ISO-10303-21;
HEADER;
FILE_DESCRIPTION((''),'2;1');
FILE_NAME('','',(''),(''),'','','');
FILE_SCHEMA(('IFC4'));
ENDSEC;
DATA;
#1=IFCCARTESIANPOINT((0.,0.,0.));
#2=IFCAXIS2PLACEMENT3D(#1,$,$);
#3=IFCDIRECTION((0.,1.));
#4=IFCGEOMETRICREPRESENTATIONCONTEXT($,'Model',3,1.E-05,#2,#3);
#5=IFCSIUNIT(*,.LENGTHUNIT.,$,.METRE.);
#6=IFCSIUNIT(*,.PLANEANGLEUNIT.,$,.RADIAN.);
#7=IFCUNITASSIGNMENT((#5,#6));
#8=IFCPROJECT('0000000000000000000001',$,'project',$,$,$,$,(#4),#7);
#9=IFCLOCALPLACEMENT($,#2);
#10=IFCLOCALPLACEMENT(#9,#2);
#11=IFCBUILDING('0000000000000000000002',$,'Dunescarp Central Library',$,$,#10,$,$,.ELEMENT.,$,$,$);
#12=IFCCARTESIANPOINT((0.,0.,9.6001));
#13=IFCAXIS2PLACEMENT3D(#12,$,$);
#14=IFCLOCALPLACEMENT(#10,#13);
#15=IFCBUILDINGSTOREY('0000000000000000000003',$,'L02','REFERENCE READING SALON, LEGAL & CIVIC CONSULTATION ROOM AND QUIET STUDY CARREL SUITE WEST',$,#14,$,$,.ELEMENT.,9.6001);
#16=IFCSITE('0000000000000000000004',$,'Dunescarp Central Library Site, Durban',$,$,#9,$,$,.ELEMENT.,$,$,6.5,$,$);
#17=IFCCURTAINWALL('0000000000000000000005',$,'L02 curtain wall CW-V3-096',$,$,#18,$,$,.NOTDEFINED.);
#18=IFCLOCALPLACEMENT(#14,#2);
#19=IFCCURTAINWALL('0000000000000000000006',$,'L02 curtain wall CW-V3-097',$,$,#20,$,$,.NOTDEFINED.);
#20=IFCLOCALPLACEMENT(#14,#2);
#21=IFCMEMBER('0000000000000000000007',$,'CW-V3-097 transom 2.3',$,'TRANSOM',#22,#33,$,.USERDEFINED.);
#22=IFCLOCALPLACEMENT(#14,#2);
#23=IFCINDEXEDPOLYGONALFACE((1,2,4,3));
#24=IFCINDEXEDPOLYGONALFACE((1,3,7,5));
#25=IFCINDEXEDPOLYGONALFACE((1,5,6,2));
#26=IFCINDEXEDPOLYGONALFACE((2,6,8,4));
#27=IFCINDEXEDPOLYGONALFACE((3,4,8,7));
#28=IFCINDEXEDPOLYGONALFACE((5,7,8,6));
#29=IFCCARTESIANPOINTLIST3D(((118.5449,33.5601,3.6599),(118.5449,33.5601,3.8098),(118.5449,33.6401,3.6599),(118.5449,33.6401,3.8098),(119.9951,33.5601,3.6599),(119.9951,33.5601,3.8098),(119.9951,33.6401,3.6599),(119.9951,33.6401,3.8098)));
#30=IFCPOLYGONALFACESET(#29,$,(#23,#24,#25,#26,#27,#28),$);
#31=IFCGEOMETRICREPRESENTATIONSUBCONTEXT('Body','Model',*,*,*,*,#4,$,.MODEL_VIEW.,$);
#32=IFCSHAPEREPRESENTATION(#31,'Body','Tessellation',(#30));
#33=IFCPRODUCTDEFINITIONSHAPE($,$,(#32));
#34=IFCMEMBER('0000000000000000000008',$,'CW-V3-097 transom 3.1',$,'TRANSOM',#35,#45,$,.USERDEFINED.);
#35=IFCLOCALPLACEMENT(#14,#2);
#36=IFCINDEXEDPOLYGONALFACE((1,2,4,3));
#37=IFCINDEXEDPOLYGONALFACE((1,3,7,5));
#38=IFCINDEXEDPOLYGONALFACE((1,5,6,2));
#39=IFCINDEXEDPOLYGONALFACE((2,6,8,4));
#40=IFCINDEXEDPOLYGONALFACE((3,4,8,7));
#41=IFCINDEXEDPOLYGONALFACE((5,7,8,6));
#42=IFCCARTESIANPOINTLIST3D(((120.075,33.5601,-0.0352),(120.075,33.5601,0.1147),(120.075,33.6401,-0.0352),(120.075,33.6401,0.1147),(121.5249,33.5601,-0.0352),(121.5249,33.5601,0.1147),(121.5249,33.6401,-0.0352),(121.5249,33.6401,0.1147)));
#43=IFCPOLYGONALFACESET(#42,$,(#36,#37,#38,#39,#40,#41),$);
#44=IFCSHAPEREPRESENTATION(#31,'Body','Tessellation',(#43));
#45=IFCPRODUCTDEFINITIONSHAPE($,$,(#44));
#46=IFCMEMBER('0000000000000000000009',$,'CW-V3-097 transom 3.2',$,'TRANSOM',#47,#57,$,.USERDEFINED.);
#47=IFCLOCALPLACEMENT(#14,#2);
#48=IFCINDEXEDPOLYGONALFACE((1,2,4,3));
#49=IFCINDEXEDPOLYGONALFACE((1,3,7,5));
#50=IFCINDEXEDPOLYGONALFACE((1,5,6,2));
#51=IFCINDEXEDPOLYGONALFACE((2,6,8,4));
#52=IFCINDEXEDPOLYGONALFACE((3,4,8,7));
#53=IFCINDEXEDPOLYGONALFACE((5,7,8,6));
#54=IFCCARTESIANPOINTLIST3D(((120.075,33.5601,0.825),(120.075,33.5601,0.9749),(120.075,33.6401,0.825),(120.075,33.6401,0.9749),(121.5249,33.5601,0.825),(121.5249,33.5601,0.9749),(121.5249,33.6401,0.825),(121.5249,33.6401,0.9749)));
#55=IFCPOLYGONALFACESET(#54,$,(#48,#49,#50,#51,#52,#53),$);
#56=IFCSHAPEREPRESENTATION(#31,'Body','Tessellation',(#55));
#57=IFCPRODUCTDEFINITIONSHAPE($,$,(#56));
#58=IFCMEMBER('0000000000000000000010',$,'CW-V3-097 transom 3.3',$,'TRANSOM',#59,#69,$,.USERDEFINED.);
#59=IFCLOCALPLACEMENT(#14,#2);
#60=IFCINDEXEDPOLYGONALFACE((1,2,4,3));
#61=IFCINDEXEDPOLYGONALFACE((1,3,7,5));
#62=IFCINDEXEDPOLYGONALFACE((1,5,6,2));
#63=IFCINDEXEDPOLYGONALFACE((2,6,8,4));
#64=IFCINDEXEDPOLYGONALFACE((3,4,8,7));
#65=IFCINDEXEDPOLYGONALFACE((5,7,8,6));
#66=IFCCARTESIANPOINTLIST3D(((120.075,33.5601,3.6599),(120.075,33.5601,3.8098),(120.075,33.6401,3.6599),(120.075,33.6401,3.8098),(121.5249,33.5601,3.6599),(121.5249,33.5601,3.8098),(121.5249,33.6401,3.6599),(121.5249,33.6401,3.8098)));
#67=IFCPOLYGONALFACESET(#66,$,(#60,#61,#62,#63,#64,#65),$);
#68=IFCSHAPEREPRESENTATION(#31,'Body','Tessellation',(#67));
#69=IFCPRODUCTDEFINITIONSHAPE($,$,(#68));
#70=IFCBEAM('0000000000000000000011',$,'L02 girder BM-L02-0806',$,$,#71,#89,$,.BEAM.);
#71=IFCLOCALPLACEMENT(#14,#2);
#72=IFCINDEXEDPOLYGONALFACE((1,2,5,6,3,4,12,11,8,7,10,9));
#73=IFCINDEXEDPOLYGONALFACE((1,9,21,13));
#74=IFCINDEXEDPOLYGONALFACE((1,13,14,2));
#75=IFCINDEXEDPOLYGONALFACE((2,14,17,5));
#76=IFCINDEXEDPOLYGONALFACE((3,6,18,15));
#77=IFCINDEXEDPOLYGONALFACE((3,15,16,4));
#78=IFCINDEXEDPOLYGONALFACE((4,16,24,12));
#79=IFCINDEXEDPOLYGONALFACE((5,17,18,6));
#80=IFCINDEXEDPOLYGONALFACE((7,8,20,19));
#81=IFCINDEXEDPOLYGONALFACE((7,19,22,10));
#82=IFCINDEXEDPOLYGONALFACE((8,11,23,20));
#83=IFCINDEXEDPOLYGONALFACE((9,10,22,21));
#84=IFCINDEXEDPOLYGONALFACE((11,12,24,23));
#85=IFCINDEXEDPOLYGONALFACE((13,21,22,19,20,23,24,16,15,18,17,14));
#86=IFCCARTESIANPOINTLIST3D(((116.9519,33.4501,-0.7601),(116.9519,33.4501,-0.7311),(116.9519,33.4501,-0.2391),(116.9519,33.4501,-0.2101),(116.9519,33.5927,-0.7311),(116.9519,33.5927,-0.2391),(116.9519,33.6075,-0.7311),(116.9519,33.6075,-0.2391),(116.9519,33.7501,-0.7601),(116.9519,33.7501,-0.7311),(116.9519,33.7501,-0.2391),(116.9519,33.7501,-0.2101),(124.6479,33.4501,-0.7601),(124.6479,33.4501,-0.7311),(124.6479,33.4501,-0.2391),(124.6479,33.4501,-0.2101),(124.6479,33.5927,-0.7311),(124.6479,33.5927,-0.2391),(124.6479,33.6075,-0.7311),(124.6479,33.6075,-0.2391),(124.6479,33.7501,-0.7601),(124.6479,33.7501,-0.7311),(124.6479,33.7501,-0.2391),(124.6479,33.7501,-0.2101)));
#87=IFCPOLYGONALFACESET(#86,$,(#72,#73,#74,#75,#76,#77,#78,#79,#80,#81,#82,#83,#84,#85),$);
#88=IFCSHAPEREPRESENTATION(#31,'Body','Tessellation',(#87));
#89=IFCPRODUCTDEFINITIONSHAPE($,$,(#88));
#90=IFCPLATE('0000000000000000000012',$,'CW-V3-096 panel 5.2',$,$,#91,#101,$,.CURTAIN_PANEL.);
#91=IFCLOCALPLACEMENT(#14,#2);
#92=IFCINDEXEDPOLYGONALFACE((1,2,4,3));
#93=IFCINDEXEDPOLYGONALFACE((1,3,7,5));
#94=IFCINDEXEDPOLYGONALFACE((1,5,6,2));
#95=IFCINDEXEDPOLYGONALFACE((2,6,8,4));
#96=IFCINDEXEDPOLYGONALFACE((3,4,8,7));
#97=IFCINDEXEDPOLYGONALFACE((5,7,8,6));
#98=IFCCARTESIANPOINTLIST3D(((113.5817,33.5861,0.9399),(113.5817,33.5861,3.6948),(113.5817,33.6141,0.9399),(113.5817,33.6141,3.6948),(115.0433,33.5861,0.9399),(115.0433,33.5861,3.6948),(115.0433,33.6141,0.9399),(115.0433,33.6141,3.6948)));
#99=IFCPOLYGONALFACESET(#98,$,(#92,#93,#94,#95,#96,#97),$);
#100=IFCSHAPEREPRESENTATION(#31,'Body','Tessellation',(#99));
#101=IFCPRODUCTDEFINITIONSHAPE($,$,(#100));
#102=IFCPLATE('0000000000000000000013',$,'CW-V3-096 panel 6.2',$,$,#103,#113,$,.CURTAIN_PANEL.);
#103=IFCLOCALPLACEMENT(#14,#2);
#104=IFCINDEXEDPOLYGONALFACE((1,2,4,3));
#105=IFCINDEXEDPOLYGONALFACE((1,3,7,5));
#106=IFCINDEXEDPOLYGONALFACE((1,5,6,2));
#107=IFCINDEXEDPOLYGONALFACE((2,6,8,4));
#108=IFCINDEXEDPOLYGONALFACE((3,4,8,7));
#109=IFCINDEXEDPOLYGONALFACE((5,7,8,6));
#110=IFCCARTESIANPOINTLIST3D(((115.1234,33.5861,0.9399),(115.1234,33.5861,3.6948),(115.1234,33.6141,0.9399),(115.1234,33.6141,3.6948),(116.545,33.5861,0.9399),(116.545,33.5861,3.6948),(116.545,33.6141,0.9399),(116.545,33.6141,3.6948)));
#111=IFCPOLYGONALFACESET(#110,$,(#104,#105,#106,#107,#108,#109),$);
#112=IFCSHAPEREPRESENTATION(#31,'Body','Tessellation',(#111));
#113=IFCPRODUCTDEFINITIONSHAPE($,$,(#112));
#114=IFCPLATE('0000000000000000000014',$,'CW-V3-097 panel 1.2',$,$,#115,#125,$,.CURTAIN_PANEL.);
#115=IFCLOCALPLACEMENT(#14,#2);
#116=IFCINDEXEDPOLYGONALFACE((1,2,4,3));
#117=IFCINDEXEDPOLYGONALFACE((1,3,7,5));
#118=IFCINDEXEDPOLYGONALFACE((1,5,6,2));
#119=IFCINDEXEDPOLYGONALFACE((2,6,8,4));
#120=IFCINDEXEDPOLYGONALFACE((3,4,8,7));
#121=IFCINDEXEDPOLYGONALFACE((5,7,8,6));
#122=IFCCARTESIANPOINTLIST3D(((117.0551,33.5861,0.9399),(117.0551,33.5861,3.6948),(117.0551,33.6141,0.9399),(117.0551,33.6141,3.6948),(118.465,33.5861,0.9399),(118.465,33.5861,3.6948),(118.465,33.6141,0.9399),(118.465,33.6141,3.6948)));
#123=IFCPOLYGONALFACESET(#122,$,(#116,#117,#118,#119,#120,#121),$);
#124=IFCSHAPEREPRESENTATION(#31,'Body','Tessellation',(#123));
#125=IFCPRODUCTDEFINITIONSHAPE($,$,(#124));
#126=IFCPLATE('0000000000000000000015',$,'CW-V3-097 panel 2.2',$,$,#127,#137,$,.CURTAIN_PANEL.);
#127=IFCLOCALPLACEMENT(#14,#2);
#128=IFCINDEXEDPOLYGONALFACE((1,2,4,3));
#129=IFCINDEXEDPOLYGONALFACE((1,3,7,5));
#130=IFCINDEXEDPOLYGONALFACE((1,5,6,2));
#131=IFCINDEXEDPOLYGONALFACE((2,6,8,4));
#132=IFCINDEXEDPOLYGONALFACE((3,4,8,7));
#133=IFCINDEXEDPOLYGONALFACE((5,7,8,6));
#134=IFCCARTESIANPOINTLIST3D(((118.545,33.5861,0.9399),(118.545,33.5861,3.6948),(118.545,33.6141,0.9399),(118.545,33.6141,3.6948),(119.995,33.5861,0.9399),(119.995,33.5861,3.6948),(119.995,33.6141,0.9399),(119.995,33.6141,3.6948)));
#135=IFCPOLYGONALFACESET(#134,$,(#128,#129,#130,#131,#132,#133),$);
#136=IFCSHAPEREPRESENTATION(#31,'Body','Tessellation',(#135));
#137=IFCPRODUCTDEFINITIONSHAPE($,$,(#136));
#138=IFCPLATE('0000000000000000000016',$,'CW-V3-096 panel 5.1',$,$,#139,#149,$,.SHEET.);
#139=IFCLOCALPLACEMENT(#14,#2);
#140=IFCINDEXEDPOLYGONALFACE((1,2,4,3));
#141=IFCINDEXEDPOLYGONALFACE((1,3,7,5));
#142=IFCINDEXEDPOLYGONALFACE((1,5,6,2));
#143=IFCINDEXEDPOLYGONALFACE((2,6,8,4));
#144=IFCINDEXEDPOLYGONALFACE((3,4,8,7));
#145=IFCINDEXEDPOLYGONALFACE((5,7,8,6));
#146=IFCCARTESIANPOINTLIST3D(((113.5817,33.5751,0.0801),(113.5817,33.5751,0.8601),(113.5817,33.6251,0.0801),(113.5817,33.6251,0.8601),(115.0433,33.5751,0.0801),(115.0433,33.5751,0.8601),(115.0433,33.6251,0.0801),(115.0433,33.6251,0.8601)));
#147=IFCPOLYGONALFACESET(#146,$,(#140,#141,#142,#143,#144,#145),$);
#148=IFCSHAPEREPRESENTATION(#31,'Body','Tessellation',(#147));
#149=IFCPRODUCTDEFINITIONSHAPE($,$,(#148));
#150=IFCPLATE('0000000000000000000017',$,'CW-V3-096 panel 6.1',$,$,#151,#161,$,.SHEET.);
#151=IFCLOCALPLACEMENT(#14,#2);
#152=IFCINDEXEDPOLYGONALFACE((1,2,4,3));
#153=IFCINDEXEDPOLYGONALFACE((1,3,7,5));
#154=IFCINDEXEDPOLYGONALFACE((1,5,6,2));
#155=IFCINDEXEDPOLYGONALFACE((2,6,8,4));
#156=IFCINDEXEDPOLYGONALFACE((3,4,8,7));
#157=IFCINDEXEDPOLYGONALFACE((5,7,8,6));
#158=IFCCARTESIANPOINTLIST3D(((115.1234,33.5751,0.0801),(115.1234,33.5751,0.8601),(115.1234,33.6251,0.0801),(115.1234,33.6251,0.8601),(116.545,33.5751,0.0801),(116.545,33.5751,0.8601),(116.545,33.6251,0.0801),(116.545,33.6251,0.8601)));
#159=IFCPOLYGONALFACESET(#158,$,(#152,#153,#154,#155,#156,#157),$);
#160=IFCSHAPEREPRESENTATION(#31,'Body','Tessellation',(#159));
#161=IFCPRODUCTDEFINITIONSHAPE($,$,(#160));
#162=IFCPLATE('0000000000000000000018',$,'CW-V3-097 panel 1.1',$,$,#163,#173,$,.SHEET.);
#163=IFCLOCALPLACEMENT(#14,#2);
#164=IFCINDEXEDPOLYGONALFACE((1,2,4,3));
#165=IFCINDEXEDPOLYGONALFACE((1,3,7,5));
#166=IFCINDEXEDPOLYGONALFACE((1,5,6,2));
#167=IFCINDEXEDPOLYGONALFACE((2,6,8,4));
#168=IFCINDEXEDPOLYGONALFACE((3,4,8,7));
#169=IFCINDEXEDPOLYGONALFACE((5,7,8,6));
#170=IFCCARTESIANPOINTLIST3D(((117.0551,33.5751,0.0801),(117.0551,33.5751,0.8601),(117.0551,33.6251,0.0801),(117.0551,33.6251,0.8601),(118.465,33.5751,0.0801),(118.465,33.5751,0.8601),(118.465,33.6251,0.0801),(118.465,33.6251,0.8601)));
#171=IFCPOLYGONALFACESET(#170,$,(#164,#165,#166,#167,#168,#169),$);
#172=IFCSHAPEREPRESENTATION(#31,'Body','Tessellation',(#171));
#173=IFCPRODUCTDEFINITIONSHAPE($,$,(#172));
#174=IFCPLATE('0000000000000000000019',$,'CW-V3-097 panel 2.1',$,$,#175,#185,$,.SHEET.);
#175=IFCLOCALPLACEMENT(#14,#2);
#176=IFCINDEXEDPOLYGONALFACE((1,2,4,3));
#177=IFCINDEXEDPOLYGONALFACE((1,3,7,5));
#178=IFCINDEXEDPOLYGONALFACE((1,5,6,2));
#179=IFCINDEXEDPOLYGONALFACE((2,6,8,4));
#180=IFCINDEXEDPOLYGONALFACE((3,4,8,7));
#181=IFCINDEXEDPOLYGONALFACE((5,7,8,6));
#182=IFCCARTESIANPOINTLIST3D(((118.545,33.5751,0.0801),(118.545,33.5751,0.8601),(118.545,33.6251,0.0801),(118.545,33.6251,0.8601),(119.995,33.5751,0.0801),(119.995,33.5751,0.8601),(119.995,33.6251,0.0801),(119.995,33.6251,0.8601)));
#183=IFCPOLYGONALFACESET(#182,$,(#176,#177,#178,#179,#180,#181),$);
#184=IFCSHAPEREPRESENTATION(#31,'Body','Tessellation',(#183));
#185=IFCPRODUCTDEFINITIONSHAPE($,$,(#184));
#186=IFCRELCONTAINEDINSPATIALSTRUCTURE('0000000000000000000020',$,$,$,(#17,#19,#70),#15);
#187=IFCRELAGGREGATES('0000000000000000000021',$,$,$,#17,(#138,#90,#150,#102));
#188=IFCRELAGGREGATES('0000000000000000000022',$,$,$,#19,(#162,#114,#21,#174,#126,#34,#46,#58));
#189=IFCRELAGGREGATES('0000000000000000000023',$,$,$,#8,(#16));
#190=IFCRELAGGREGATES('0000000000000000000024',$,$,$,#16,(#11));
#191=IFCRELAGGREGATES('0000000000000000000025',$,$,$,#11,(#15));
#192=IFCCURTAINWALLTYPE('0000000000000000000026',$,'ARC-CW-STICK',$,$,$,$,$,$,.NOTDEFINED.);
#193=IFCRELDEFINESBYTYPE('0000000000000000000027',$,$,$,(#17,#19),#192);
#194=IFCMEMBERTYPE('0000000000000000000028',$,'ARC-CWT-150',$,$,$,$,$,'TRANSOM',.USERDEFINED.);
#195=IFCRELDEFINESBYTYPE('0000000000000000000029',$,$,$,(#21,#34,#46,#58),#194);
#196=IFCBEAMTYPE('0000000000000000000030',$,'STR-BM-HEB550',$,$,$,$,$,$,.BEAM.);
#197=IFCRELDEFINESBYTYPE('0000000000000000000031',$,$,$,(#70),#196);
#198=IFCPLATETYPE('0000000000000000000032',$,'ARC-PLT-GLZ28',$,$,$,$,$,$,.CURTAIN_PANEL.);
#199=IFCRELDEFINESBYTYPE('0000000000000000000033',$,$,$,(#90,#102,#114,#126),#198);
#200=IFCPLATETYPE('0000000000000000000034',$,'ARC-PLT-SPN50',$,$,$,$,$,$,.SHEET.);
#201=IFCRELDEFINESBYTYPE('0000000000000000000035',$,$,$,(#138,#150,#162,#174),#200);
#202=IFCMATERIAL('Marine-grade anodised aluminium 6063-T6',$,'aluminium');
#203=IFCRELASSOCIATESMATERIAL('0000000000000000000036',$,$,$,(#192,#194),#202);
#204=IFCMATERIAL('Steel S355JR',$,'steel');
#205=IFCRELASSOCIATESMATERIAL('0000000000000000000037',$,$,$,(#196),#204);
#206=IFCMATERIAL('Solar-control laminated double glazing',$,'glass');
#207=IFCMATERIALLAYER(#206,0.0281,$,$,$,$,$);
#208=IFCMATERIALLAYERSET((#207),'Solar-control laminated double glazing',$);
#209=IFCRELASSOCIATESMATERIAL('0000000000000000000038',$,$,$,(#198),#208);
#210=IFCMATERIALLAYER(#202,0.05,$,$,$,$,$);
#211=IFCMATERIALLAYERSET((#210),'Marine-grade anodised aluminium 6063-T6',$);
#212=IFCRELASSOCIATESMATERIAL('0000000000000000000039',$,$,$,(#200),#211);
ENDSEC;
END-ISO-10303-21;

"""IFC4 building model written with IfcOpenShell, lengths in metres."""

from ifc_helpers import new_model, si_unit, direction, frame, origin, origin_2d, place, context, subcontext, project, spatial, rectangle, i_section, extrude, material, layer, layer_set, material_profile, profile_set, type_object, element, aggregate, save


model = new_model("IFC4")

# Units and contexts
model_context = context("Model", 3, precision=1e-05, world=origin(), true_north=direction((0.0, 1.0)))
body_context = subcontext(model_context, "Body", "Model", "MODEL_VIEW")
ifc_project = project(units=[si_unit("LENGTHUNIT", "METRE"), si_unit("PLANEANGLEUNIT", "RADIAN")], contexts=[model_context])

# Site, building, storey
site_placement = place(None, origin())
site = spatial("IfcSite", under=ifc_project, at=site_placement, Name="Dunescarp Central Library Site, Durban", CompositionType="ELEMENT", RefElevation=6.5)
building_placement = place(site_placement, origin())
building = spatial("IfcBuilding", under=site, at=building_placement, Name="Dunescarp Central Library", CompositionType="ELEMENT")
storey_placement = place(building_placement, frame((0.0, 0.0, 9.6001)))
storey = spatial("IfcBuildingStorey", under=building, at=storey_placement, Name="L02", Description="REFERENCE READING SALON, LEGAL & CIVIC CONSULTATION ROOM AND QUIET STUDY CARREL SUITE WEST", CompositionType="ELEMENT", Elevation=9.6001)

# Shared definitions
ifc_material_1 = material(Name="Steel S355JR", Category="steel")

# Curtain walls
ifc_material_2 = material(Name="Marine-grade anodised aluminium 6063-T6", Category="aluminium")
curtain_wall_type = type_object("IfcCurtainWallType", Name="ARC-CW-STICK", PredefinedType="NOTDEFINED", material=ifc_material_2)
curtain_wall_1_placement = place(storey_placement, origin())
curtain_wall_1 = element("IfcCurtainWall", 1, at=curtain_wall_1_placement, inside=storey, type_object=curtain_wall_type, Name="L02 curtain wall CW-V3-096", PredefinedType="NOTDEFINED")
curtain_wall_2_placement = place(storey_placement, origin())
curtain_wall_2 = element("IfcCurtainWall", 2, at=curtain_wall_2_placement, inside=storey, type_object=curtain_wall_type, Name="L02 curtain wall CW-V3-097", PredefinedType="NOTDEFINED")

# Members
ifc_material_profile_1 = material_profile(ifc_material_2, rectangle(XDim=0.0801, YDim=0.1499, at=origin_2d()), Name="AL 80x150")
ifc_profile_set_1 = profile_set([ifc_material_profile_1], Name="Marine-grade anodised aluminium 6063-T6")
member_type_1 = type_object("IfcMemberType", Name="ARC-CWT-150", ElementType="TRANSOM", PredefinedType="USERDEFINED", material=ifc_profile_set_1)
member_1_placement = place(storey_placement, frame((118.5449, 33.6001, 3.7349), z_axis=(1.0, 0.0, 0.0), x_axis=(0.0, 1.0, 0.0)))
member_1 = element("IfcMember", 3, at=member_1_placement, type_object=member_type_1, Name="CW-V3-097 transom 2.3", ObjectType="TRANSOM", PredefinedType="USERDEFINED", context=body_context, shape_type="SweptSolid", body=[
    extrude(rectangle(XDim=0.0801, YDim=0.1499, at=origin_2d()), origin(), (0.0, 0.0, 1.0), 1.4502),
])
member_2_placement = place(storey_placement, frame((120.075, 33.6001, 0.0398), z_axis=(1.0, 0.0, 0.0), x_axis=(0.0, 1.0, 0.0)))
member_2 = element("IfcMember", 4, at=member_2_placement, type_object=member_type_1, Name="CW-V3-097 transom 3.1", ObjectType="TRANSOM", PredefinedType="USERDEFINED", context=body_context, shape_type="SweptSolid", body=[
    extrude(rectangle(XDim=0.0801, YDim=0.1499, at=origin_2d()), origin(), (0.0, 0.0, 1.0), 1.45),
])
member_3_placement = place(storey_placement, frame((120.075, 33.6001, 0.8999), z_axis=(1.0, 0.0, 0.0), x_axis=(0.0, 1.0, 0.0)))
member_3 = element("IfcMember", 5, at=member_3_placement, type_object=member_type_1, Name="CW-V3-097 transom 3.2", ObjectType="TRANSOM", PredefinedType="USERDEFINED", context=body_context, shape_type="SweptSolid", body=[
    extrude(rectangle(XDim=0.0801, YDim=0.1499, at=origin_2d()), origin(), (0.0, 0.0, 1.0), 1.45),
])
member_4_placement = place(storey_placement, frame((120.075, 33.6001, 3.7349), z_axis=(1.0, 0.0, 0.0), x_axis=(0.0, 1.0, 0.0)))
member_4 = element("IfcMember", 6, at=member_4_placement, type_object=member_type_1, Name="CW-V3-097 transom 3.3", ObjectType="TRANSOM", PredefinedType="USERDEFINED", context=body_context, shape_type="SweptSolid", body=[
    extrude(rectangle(XDim=0.0801, YDim=0.1499, at=origin_2d()), origin(), (0.0, 0.0, 1.0), 1.45),
])

# Beam
ifc_material_profile_2 = material_profile(ifc_material_1, i_section(OverallWidth=0.3, OverallDepth=0.55, WebThickness=0.0149, FlangeThickness=0.0291, at=origin_2d()), Name="HEB 550")
ifc_profile_set_2 = profile_set([ifc_material_profile_2], Name="Steel S355JR")
beam_type = type_object("IfcBeamType", Name="STR-BM-HEB550", PredefinedType="BEAM", material=ifc_profile_set_2)
beam_placement = place(storey_placement, frame((116.9519, 33.6001, -0.4851), z_axis=(1.0, 0.0, 0.0), x_axis=(0.0, 1.0, 0.0)))
element("IfcBeam", 7, at=beam_placement, inside=storey, type_object=beam_type, Name="L02 girder BM-L02-0806", PredefinedType="BEAM", context=body_context, shape_type="SweptSolid", body=[
    extrude(i_section(OverallWidth=0.3, OverallDepth=0.55, WebThickness=0.0149, FlangeThickness=0.0291, at=origin_2d()), origin(), (0.0, 0.0, 1.0), 7.696),
])

# Plates
ifc_material_3 = material(Name="Solar-control laminated double glazing", Category="glass")
ifc_layer_1 = layer(ifc_material_3, 0.0281)
ifc_layer_set_1 = layer_set([ifc_layer_1], Name="Solar-control laminated double glazing")
plate_type_1 = type_object("IfcPlateType", Name="ARC-PLT-GLZ28", PredefinedType="CURTAIN_PANEL", material=ifc_layer_set_1)
plate_1_placement = place(storey_placement, frame((114.3125, 33.6001, 0.9399), z_axis=(0.0, 0.0, 1.0), x_axis=(1.0, 0.0, 0.0)))
plate_1 = element("IfcPlate", 8, at=plate_1_placement, type_object=plate_type_1, Name="CW-V3-096 panel 5.2", PredefinedType="CURTAIN_PANEL", context=body_context, shape_type="SweptSolid", body=[
    extrude(rectangle(XDim=1.4617, YDim=0.0281, at=origin_2d()), origin(), (0.0, 0.0, 1.0), 2.7549),
])
plate_2_placement = place(storey_placement, frame((115.8342, 33.6001, 0.9399), z_axis=(0.0, 0.0, 1.0), x_axis=(1.0, 0.0, 0.0)))
plate_2 = element("IfcPlate", 9, at=plate_2_placement, type_object=plate_type_1, Name="CW-V3-096 panel 6.2", PredefinedType="CURTAIN_PANEL", context=body_context, shape_type="SweptSolid", body=[
    extrude(rectangle(XDim=1.4216, YDim=0.0281, at=origin_2d()), origin(), (0.0, 0.0, 1.0), 2.7549),
])
plate_3_placement = place(storey_placement, frame((117.76, 33.6001, 0.9399), z_axis=(0.0, 0.0, 1.0), x_axis=(1.0, 0.0, 0.0)))
plate_3 = element("IfcPlate", 10, at=plate_3_placement, type_object=plate_type_1, Name="CW-V3-097 panel 1.2", PredefinedType="CURTAIN_PANEL", context=body_context, shape_type="SweptSolid", body=[
    extrude(rectangle(XDim=1.4099, YDim=0.0281, at=origin_2d()), origin(), (0.0, 0.0, 1.0), 2.7549),
])
plate_4_placement = place(storey_placement, frame((119.27, 33.6001, 0.9399), z_axis=(0.0, 0.0, 1.0), x_axis=(1.0, 0.0, 0.0)))
plate_4 = element("IfcPlate", 11, at=plate_4_placement, type_object=plate_type_1, Name="CW-V3-097 panel 2.2", PredefinedType="CURTAIN_PANEL", context=body_context, shape_type="SweptSolid", body=[
    extrude(rectangle(XDim=1.45, YDim=0.0281, at=origin_2d()), origin(), (0.0, 0.0, 1.0), 2.7549),
])
ifc_layer_2 = layer(ifc_material_2, 0.05)
ifc_layer_set_2 = layer_set([ifc_layer_2], Name="Marine-grade anodised aluminium 6063-T6")
plate_type_2 = type_object("IfcPlateType", Name="ARC-PLT-SPN50", PredefinedType="SHEET", material=ifc_layer_set_2)
plate_5_placement = place(storey_placement, frame((114.3125, 33.6001, 0.0801), z_axis=(0.0, 0.0, 1.0), x_axis=(1.0, 0.0, 0.0)))
plate_5 = element("IfcPlate", 12, at=plate_5_placement, type_object=plate_type_2, Name="CW-V3-096 panel 5.1", PredefinedType="SHEET", context=body_context, shape_type="SweptSolid", body=[
    extrude(rectangle(XDim=1.4617, YDim=0.05, at=origin_2d()), origin(), (0.0, 0.0, 1.0), 0.78),
])
plate_6_placement = place(storey_placement, frame((115.8342, 33.6001, 0.0801), z_axis=(0.0, 0.0, 1.0), x_axis=(1.0, 0.0, 0.0)))
plate_6 = element("IfcPlate", 13, at=plate_6_placement, type_object=plate_type_2, Name="CW-V3-096 panel 6.1", PredefinedType="SHEET", context=body_context, shape_type="SweptSolid", body=[
    extrude(rectangle(XDim=1.4216, YDim=0.05, at=origin_2d()), origin(), (0.0, 0.0, 1.0), 0.78),
])
aggregate(curtain_wall_1, [plate_5, plate_1, plate_6, plate_2])
plate_7_placement = place(storey_placement, frame((117.76, 33.6001, 0.0801), z_axis=(0.0, 0.0, 1.0), x_axis=(1.0, 0.0, 0.0)))
plate_7 = element("IfcPlate", 14, at=plate_7_placement, type_object=plate_type_2, Name="CW-V3-097 panel 1.1", PredefinedType="SHEET", context=body_context, shape_type="SweptSolid", body=[
    extrude(rectangle(XDim=1.4099, YDim=0.05, at=origin_2d()), origin(), (0.0, 0.0, 1.0), 0.78),
])
plate_8_placement = place(storey_placement, frame((119.27, 33.6001, 0.0801), z_axis=(0.0, 0.0, 1.0), x_axis=(1.0, 0.0, 0.0)))
plate_8 = element("IfcPlate", 15, at=plate_8_placement, type_object=plate_type_2, Name="CW-V3-097 panel 2.1", PredefinedType="SHEET", context=body_context, shape_type="SweptSolid", body=[
    extrude(rectangle(XDim=1.45, YDim=0.05, at=origin_2d()), origin(), (0.0, 0.0, 1.0), 0.78),
])
aggregate(curtain_wall_2, [plate_7, plate_3, member_1, plate_8, plate_4, member_2, member_3, member_4])

save(model, "model.ifc")
